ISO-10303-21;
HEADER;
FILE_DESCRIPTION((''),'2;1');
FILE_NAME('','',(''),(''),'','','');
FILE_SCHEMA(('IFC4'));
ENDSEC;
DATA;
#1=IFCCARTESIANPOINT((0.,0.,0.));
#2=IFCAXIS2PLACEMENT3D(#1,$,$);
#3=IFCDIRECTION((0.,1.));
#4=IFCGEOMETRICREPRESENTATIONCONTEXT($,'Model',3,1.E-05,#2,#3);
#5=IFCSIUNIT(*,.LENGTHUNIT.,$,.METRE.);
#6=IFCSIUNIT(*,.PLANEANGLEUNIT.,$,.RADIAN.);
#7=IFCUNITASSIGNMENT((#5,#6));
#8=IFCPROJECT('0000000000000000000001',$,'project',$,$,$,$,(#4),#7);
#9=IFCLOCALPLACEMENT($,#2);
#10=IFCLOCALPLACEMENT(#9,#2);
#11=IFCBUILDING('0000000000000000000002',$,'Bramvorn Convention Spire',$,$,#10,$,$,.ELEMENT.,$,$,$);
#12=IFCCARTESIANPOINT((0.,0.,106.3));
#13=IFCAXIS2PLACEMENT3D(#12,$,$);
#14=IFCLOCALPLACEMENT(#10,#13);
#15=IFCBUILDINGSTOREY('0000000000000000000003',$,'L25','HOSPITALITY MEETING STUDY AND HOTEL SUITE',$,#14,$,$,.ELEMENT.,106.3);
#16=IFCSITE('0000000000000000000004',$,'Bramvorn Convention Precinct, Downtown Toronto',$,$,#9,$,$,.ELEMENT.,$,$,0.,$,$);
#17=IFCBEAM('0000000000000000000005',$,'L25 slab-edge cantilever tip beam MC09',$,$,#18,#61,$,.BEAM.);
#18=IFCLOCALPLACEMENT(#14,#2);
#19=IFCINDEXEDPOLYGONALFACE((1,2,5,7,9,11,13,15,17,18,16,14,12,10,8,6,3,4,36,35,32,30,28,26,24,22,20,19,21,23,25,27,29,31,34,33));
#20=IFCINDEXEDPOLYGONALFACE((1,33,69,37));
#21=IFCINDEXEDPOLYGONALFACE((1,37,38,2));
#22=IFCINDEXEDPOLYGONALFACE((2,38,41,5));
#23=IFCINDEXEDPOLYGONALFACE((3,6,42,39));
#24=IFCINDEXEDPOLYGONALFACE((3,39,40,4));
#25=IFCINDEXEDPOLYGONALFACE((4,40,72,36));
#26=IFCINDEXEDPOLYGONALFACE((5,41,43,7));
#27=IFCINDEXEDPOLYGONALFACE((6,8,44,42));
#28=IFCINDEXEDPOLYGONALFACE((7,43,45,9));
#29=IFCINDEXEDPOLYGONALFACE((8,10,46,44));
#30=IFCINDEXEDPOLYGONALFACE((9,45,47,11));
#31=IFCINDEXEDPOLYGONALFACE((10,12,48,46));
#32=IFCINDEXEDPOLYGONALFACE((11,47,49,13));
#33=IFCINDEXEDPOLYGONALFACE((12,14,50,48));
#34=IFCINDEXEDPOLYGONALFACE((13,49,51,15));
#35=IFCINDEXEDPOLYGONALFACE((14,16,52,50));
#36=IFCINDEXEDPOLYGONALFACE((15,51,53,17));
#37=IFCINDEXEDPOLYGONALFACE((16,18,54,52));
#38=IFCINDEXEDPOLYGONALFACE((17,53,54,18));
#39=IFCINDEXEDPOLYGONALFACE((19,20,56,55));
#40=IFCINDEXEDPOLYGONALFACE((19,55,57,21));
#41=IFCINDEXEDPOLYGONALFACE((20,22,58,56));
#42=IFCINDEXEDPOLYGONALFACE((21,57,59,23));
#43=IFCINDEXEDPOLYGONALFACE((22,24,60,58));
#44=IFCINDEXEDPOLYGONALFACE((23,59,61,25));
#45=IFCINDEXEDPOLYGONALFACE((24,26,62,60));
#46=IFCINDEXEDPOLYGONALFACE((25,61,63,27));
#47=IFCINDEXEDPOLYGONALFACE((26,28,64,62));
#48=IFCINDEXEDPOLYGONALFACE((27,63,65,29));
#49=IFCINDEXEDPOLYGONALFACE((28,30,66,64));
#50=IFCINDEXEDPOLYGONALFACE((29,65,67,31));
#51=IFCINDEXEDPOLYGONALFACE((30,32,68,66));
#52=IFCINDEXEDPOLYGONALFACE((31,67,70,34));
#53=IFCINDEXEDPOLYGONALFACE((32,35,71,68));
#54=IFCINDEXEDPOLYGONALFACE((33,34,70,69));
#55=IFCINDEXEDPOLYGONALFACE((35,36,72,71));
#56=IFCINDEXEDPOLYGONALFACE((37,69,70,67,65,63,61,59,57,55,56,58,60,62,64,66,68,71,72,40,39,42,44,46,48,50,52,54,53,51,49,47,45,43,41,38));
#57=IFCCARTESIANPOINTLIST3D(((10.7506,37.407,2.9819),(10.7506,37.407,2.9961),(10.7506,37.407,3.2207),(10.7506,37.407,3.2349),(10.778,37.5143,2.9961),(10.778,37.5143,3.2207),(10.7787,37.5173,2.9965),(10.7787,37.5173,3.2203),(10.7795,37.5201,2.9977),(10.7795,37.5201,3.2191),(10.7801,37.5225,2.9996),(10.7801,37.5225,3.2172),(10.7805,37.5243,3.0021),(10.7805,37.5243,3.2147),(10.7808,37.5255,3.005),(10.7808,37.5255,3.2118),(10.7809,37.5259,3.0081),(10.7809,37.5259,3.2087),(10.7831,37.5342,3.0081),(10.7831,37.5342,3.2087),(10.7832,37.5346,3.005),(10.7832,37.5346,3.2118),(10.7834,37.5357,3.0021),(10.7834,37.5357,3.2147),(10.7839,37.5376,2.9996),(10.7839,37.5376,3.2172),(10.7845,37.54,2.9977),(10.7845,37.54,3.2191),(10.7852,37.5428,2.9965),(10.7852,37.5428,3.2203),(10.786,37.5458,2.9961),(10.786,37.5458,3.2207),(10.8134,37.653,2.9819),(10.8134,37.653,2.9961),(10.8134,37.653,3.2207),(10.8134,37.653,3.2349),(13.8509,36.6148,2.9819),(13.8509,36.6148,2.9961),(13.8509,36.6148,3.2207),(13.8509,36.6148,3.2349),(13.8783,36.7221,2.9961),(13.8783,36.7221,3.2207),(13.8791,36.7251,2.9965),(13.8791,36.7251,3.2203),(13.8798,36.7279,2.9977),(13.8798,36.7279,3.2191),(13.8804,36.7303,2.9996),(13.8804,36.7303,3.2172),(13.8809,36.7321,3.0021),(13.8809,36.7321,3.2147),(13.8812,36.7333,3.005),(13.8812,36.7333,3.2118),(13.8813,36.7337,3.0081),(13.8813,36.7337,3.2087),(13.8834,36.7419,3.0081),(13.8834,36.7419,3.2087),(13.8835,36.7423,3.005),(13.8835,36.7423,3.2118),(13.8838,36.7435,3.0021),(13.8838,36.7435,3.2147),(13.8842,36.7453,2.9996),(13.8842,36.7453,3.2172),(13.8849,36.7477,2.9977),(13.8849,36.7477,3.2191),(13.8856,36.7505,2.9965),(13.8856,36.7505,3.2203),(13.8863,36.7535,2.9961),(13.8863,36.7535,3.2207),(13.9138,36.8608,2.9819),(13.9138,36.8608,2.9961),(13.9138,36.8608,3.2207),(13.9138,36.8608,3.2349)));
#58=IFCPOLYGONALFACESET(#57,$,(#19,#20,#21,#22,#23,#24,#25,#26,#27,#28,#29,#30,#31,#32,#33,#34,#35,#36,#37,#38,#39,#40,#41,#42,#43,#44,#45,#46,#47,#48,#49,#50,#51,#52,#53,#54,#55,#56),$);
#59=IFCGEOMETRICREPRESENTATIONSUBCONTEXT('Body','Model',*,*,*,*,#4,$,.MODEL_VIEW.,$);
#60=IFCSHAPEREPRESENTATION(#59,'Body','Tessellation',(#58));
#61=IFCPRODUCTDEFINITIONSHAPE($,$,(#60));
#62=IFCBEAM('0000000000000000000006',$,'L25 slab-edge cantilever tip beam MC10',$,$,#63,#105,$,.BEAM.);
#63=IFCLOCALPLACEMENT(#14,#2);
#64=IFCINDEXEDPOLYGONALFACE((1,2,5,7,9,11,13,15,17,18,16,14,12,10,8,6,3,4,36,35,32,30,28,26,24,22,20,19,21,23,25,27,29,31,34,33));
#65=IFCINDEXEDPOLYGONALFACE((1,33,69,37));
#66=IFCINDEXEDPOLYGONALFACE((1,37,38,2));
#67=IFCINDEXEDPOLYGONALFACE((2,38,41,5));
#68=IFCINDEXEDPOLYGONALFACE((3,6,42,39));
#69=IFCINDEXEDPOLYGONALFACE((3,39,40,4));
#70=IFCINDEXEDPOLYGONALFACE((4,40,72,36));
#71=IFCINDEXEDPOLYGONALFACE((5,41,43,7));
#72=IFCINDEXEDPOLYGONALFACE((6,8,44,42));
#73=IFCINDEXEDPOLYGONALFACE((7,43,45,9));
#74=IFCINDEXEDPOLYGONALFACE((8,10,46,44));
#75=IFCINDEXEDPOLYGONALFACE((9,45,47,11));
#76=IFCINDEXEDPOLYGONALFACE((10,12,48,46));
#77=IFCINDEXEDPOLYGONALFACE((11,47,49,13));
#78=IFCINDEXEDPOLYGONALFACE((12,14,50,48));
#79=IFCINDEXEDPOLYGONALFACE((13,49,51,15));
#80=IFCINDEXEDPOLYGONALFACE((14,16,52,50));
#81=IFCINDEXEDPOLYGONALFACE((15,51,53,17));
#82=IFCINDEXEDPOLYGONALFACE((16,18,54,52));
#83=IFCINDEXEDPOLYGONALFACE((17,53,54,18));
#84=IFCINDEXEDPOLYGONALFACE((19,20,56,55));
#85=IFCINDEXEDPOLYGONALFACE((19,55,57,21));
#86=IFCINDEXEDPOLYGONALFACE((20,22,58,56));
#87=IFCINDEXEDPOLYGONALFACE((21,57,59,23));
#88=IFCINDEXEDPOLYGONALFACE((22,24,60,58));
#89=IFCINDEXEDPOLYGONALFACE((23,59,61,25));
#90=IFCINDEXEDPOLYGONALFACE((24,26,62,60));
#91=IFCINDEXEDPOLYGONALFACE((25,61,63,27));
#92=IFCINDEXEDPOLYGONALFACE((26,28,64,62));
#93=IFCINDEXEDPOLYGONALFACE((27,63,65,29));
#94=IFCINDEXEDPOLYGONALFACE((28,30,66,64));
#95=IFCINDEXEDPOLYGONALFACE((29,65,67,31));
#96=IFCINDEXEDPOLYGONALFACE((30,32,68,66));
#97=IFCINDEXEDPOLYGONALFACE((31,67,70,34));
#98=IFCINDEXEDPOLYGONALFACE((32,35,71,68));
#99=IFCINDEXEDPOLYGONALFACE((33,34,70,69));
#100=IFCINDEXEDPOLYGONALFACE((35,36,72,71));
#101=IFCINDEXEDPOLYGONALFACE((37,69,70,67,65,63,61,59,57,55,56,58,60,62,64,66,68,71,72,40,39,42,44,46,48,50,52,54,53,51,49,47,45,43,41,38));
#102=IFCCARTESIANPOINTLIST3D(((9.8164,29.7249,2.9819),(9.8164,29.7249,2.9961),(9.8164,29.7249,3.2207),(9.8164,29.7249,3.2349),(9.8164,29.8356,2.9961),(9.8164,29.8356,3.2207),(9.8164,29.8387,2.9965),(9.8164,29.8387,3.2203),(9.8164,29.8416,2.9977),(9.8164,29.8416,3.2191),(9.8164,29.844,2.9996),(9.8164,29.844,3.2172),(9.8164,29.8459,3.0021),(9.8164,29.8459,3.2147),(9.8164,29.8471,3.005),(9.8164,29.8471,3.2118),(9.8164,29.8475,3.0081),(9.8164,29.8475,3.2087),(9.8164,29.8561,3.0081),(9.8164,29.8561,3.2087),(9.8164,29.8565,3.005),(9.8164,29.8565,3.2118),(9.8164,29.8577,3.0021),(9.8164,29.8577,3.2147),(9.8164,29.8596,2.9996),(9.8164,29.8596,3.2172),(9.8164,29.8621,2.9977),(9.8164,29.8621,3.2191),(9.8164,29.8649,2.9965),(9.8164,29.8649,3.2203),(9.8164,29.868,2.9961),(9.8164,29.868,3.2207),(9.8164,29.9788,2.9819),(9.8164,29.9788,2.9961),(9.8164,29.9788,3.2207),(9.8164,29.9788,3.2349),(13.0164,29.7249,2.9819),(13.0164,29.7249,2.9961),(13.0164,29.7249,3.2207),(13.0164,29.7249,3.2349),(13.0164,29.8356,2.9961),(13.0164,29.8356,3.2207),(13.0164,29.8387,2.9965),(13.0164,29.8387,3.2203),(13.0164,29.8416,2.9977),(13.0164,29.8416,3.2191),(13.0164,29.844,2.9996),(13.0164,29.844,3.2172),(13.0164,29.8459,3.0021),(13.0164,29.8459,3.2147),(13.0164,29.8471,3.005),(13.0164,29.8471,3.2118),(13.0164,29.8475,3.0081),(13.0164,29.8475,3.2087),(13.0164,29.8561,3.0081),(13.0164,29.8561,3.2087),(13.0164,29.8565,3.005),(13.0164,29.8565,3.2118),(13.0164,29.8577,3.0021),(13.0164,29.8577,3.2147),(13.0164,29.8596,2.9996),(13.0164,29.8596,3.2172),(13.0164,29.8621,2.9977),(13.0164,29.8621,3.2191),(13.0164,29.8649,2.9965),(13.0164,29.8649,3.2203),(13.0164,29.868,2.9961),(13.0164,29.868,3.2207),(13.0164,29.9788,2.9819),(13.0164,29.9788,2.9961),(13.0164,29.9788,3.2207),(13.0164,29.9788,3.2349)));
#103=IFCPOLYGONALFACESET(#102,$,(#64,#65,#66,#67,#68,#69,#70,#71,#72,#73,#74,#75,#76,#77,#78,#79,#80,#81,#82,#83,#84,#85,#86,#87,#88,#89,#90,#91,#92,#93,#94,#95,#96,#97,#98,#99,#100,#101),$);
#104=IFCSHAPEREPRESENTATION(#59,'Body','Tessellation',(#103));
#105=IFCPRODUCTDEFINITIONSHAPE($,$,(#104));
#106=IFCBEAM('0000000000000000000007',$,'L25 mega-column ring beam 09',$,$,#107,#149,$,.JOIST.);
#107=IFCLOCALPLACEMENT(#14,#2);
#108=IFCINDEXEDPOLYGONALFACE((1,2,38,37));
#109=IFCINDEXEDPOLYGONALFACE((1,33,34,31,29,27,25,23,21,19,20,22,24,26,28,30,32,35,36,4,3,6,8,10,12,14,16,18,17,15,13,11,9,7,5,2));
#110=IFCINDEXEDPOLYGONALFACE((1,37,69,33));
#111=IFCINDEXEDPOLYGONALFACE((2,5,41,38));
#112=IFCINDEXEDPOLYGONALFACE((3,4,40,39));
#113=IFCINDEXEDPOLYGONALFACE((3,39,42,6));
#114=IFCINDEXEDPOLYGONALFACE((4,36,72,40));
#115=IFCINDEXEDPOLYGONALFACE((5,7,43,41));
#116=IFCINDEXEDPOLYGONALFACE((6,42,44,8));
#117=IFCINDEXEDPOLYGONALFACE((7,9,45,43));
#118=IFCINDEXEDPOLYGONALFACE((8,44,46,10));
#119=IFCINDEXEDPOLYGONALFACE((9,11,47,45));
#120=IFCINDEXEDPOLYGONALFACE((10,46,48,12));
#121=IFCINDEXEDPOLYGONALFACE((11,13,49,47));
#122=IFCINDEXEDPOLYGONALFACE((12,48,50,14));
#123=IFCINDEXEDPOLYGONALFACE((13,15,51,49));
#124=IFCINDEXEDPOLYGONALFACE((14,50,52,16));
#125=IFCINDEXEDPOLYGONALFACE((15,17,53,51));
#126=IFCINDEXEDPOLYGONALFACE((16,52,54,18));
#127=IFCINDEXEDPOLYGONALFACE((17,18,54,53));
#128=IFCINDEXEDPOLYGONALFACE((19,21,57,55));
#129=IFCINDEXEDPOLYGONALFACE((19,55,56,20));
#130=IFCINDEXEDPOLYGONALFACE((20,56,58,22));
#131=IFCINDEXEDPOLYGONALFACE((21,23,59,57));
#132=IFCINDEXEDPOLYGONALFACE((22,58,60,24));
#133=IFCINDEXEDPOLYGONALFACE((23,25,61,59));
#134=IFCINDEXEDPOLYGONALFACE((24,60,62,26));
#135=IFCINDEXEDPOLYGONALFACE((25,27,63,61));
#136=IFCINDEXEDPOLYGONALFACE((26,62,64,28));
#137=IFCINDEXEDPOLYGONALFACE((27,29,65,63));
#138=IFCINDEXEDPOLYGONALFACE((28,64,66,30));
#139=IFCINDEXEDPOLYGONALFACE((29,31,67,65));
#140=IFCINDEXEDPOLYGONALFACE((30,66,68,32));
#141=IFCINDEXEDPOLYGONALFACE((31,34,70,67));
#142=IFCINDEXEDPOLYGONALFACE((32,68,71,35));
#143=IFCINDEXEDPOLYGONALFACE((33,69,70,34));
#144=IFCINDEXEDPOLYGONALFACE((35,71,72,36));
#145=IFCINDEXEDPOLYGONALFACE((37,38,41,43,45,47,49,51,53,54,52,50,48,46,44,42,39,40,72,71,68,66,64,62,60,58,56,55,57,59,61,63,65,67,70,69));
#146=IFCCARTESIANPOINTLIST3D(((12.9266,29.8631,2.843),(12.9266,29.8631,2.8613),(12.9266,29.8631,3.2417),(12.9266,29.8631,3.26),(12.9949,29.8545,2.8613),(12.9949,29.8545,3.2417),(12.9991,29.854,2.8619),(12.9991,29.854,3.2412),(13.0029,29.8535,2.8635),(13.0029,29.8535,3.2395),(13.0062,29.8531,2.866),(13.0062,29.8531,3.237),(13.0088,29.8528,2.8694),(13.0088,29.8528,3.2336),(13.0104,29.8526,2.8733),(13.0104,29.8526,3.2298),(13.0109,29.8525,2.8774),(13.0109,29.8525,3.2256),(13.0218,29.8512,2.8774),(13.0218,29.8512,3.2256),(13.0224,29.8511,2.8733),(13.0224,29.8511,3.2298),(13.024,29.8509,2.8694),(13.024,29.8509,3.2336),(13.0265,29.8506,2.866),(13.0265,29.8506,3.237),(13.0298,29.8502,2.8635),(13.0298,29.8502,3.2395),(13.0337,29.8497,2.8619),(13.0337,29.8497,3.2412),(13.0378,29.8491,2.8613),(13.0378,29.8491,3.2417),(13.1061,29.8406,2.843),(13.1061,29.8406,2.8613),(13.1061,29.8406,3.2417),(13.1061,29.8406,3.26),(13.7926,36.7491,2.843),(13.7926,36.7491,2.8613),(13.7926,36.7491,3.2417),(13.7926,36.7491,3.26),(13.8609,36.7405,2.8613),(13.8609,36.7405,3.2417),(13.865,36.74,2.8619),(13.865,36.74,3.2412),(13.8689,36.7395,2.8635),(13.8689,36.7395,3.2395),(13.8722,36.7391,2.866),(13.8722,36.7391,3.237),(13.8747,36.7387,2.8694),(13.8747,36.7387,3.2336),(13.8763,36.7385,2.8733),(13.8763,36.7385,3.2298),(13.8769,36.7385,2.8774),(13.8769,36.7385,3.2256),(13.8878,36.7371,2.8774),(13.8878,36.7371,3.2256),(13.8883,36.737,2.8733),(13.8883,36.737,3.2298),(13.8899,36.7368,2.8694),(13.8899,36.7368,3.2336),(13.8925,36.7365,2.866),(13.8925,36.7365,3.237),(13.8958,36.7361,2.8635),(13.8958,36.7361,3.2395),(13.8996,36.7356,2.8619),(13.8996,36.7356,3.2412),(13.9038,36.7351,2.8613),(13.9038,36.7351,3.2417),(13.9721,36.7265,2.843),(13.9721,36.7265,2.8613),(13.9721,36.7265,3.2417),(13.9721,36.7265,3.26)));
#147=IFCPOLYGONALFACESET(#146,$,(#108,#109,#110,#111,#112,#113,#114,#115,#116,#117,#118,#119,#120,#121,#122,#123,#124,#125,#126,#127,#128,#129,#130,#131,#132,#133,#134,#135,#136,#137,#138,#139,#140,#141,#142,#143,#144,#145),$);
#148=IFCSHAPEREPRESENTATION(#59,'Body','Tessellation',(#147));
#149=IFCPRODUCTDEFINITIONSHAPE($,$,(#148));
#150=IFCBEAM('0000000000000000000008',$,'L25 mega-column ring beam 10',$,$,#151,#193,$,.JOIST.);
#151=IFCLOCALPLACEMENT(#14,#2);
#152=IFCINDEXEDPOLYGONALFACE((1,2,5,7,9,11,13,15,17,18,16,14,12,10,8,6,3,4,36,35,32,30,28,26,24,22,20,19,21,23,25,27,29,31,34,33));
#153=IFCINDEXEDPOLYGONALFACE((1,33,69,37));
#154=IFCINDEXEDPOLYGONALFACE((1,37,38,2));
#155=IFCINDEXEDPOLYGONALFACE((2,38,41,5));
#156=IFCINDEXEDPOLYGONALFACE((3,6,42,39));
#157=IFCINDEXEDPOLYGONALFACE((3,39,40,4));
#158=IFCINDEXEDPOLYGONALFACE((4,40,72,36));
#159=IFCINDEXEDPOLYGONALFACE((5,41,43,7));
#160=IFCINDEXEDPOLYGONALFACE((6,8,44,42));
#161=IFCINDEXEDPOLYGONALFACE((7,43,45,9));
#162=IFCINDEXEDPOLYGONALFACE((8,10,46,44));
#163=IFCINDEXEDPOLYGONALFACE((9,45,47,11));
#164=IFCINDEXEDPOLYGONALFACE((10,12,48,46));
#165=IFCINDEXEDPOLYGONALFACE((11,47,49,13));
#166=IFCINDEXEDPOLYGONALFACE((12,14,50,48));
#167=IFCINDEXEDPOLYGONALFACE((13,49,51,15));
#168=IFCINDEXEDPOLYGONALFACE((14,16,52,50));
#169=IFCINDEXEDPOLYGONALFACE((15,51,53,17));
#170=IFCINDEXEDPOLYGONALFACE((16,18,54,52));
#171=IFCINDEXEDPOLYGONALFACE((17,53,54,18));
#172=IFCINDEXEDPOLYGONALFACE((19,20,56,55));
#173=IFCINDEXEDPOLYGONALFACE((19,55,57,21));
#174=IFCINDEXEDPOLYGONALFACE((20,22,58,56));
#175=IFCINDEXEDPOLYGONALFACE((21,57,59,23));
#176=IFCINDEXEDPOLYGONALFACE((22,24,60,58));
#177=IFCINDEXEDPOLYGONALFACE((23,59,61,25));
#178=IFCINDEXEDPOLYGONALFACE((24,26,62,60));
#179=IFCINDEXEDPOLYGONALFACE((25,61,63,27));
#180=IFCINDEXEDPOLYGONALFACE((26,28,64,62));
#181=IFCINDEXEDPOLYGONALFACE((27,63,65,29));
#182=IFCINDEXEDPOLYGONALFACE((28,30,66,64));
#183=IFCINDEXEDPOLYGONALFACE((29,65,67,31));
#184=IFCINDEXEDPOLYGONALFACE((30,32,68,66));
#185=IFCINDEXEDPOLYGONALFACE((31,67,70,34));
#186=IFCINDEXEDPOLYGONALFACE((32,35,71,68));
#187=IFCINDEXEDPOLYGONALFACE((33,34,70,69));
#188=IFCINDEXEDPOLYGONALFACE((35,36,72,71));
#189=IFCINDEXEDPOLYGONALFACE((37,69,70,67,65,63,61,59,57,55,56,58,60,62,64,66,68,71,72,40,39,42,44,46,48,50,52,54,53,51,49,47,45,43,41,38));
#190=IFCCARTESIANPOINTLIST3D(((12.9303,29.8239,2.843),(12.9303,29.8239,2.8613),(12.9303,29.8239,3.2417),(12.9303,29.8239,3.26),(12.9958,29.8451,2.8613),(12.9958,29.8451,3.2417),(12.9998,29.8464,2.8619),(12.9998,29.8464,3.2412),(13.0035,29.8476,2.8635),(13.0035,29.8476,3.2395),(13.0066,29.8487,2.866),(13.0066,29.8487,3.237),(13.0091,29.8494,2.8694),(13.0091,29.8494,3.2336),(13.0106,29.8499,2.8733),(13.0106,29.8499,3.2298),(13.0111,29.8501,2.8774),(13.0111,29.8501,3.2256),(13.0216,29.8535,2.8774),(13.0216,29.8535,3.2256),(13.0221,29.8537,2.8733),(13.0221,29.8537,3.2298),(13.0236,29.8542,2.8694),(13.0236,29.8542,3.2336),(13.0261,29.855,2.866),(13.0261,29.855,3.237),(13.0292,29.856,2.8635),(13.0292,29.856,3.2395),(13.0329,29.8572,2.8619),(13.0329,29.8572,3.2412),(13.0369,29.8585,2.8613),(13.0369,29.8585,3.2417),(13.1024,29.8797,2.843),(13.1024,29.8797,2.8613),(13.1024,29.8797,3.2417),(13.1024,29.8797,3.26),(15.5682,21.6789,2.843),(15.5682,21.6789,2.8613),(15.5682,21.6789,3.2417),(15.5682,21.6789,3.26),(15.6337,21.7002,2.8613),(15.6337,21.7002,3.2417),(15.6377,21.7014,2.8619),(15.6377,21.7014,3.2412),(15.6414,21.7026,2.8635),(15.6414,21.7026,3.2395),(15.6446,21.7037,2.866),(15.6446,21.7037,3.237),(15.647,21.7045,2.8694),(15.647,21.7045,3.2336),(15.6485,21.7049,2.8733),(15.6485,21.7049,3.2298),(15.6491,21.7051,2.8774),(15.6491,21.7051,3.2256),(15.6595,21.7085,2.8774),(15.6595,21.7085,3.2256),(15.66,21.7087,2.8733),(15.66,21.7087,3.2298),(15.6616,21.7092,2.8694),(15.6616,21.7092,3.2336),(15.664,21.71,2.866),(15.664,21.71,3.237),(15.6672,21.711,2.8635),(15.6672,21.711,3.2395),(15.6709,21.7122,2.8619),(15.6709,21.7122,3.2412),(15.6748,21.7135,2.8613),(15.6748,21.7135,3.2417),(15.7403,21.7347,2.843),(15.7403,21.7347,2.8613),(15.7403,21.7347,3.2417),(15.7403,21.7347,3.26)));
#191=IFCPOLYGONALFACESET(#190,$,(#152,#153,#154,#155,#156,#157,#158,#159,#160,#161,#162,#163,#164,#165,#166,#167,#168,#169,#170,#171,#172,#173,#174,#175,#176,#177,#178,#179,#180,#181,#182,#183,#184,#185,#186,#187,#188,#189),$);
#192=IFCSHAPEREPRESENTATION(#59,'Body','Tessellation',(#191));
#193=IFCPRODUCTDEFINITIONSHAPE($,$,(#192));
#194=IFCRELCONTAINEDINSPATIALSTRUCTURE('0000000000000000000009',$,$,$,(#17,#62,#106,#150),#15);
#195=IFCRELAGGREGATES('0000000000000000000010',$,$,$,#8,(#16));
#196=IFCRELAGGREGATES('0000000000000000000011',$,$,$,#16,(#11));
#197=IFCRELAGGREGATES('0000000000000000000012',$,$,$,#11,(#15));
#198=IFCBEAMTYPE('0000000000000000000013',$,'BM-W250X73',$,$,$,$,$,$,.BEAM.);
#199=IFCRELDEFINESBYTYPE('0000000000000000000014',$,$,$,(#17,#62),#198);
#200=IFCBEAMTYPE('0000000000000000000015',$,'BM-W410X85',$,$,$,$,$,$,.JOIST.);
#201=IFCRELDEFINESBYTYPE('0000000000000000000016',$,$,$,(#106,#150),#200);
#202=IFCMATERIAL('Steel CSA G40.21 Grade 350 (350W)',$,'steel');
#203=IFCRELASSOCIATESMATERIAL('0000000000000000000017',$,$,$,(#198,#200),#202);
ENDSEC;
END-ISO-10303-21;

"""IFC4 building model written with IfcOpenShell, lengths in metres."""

from ifc_helpers import new_model, si_unit, direction, frame, origin, origin_2d, place, context, subcontext, project, spatial, i_section, extrude, material, material_profile, profile_set, type_object, element, save


model = new_model("IFC4")

# Units and contexts
model_context = context("Model", 3, precision=1e-05, world=origin(), true_north=direction((0.0, 1.0)))
body_context = subcontext(model_context, "Body", "Model", "MODEL_VIEW")
ifc_project = project(units=[si_unit("LENGTHUNIT", "METRE"), si_unit("PLANEANGLEUNIT", "RADIAN")], contexts=[model_context])

# Site, building, storey
site_placement = place(None, origin())
site = spatial("IfcSite", under=ifc_project, at=site_placement, Name="Bramvorn Convention Precinct, Downtown Toronto", CompositionType="ELEMENT", RefElevation=0.0)
building_placement = place(site_placement, origin())
building = spatial("IfcBuilding", under=site, at=building_placement, Name="Bramvorn Convention Spire", CompositionType="ELEMENT")
storey_placement = place(building_placement, frame((0.0, 0.0, 106.3)))
storey = spatial("IfcBuildingStorey", under=building, at=storey_placement, Name="L25", Description="HOSPITALITY MEETING STUDY AND HOTEL SUITE", CompositionType="ELEMENT", Elevation=106.3)

# Shared definitions
ifc_material_1 = material(Name="Steel CSA G40.21 Grade 350 (350W)", Category="steel")

# Beams
ifc_material_profile_1 = material_profile(ifc_material_1, i_section(OverallWidth=0.2539, OverallDepth=0.2529, WebThickness=0.0085, FlangeThickness=0.0142, FilletRadius=0.012, at=origin_2d()))
ifc_profile_set_1 = profile_set([ifc_material_profile_1], Name="Steel CSA G40.21 Grade 350 (350W) - W250X73")
beam_type_1 = type_object("IfcBeamType", Name="BM-W250X73", PredefinedType="BEAM", material=ifc_profile_set_1)
for number, where, z_axis, x_axis, name in (
    (1, (13.8823, 36.7378, 3.1084), (-0.968868, 0.247577, 0.0), (-0.247577, -0.968868, 0.0), "L25 slab-edge cantilever tip beam MC09"),
    (2, (13.0164, 29.8518, 3.1084), (-1.0, 0.0, 0.0), (0.0, -1.0, 0.0), "L25 slab-edge cantilever tip beam MC10"),
):
    element("IfcBeam", number, at=place(storey_placement, frame(where, z_axis=z_axis, x_axis=x_axis)), inside=storey, type_object=beam_type_1, Name=name, PredefinedType="BEAM", context=body_context, shape_type="SweptSolid", body=[
        extrude(i_section(OverallWidth=0.2539, OverallDepth=0.2529, WebThickness=0.0085, FlangeThickness=0.0142, FilletRadius=0.012, at=origin_2d()), origin(), (0.0, 0.0, 1.0), 3.2),
    ])
ifc_material_profile_2 = material_profile(ifc_material_1, i_section(OverallWidth=0.1809, OverallDepth=0.417, WebThickness=0.011, FlangeThickness=0.0183, FilletRadius=0.0161, at=origin_2d()))
ifc_profile_set_2 = profile_set([ifc_material_profile_2], Name="Steel CSA G40.21 Grade 350 (350W) - W410X85")
beam_type_2 = type_object("IfcBeamType", Name="BM-W410X85", PredefinedType="JOIST", material=ifc_profile_set_2)
beam_1_placement = place(storey_placement, frame((13.8823, 36.7378, 3.0515), z_axis=(-0.124775, -0.992185, 0.0), x_axis=(0.992185, -0.124775, 0.0)))
element("IfcBeam", 3, at=beam_1_placement, inside=storey, type_object=beam_type_2, Name="L25 mega-column ring beam 09", PredefinedType="JOIST", context=body_context, shape_type="SweptSolid", body=[
    extrude(i_section(OverallWidth=0.1809, OverallDepth=0.417, WebThickness=0.011, FlangeThickness=0.0183, FilletRadius=0.0161, at=origin_2d()), origin(), (0.0, 0.0, 1.0), 6.9402),
])
beam_2_placement = place(storey_placement, frame((13.0164, 29.8518, 3.0515), z_axis=(0.308115, -0.951349, 0.0), x_axis=(0.951349, 0.308115, 0.0)))
element("IfcBeam", 4, at=beam_2_placement, inside=storey, type_object=beam_type_2, Name="L25 mega-column ring beam 10", PredefinedType="JOIST", context=body_context, shape_type="SweptSolid", body=[
    extrude(i_section(OverallWidth=0.1809, OverallDepth=0.417, WebThickness=0.011, FlangeThickness=0.0183, FilletRadius=0.0161, at=origin_2d()), origin(), (0.0, 0.0, 1.0), 8.5615),
])

save(model, "model.ifc")
